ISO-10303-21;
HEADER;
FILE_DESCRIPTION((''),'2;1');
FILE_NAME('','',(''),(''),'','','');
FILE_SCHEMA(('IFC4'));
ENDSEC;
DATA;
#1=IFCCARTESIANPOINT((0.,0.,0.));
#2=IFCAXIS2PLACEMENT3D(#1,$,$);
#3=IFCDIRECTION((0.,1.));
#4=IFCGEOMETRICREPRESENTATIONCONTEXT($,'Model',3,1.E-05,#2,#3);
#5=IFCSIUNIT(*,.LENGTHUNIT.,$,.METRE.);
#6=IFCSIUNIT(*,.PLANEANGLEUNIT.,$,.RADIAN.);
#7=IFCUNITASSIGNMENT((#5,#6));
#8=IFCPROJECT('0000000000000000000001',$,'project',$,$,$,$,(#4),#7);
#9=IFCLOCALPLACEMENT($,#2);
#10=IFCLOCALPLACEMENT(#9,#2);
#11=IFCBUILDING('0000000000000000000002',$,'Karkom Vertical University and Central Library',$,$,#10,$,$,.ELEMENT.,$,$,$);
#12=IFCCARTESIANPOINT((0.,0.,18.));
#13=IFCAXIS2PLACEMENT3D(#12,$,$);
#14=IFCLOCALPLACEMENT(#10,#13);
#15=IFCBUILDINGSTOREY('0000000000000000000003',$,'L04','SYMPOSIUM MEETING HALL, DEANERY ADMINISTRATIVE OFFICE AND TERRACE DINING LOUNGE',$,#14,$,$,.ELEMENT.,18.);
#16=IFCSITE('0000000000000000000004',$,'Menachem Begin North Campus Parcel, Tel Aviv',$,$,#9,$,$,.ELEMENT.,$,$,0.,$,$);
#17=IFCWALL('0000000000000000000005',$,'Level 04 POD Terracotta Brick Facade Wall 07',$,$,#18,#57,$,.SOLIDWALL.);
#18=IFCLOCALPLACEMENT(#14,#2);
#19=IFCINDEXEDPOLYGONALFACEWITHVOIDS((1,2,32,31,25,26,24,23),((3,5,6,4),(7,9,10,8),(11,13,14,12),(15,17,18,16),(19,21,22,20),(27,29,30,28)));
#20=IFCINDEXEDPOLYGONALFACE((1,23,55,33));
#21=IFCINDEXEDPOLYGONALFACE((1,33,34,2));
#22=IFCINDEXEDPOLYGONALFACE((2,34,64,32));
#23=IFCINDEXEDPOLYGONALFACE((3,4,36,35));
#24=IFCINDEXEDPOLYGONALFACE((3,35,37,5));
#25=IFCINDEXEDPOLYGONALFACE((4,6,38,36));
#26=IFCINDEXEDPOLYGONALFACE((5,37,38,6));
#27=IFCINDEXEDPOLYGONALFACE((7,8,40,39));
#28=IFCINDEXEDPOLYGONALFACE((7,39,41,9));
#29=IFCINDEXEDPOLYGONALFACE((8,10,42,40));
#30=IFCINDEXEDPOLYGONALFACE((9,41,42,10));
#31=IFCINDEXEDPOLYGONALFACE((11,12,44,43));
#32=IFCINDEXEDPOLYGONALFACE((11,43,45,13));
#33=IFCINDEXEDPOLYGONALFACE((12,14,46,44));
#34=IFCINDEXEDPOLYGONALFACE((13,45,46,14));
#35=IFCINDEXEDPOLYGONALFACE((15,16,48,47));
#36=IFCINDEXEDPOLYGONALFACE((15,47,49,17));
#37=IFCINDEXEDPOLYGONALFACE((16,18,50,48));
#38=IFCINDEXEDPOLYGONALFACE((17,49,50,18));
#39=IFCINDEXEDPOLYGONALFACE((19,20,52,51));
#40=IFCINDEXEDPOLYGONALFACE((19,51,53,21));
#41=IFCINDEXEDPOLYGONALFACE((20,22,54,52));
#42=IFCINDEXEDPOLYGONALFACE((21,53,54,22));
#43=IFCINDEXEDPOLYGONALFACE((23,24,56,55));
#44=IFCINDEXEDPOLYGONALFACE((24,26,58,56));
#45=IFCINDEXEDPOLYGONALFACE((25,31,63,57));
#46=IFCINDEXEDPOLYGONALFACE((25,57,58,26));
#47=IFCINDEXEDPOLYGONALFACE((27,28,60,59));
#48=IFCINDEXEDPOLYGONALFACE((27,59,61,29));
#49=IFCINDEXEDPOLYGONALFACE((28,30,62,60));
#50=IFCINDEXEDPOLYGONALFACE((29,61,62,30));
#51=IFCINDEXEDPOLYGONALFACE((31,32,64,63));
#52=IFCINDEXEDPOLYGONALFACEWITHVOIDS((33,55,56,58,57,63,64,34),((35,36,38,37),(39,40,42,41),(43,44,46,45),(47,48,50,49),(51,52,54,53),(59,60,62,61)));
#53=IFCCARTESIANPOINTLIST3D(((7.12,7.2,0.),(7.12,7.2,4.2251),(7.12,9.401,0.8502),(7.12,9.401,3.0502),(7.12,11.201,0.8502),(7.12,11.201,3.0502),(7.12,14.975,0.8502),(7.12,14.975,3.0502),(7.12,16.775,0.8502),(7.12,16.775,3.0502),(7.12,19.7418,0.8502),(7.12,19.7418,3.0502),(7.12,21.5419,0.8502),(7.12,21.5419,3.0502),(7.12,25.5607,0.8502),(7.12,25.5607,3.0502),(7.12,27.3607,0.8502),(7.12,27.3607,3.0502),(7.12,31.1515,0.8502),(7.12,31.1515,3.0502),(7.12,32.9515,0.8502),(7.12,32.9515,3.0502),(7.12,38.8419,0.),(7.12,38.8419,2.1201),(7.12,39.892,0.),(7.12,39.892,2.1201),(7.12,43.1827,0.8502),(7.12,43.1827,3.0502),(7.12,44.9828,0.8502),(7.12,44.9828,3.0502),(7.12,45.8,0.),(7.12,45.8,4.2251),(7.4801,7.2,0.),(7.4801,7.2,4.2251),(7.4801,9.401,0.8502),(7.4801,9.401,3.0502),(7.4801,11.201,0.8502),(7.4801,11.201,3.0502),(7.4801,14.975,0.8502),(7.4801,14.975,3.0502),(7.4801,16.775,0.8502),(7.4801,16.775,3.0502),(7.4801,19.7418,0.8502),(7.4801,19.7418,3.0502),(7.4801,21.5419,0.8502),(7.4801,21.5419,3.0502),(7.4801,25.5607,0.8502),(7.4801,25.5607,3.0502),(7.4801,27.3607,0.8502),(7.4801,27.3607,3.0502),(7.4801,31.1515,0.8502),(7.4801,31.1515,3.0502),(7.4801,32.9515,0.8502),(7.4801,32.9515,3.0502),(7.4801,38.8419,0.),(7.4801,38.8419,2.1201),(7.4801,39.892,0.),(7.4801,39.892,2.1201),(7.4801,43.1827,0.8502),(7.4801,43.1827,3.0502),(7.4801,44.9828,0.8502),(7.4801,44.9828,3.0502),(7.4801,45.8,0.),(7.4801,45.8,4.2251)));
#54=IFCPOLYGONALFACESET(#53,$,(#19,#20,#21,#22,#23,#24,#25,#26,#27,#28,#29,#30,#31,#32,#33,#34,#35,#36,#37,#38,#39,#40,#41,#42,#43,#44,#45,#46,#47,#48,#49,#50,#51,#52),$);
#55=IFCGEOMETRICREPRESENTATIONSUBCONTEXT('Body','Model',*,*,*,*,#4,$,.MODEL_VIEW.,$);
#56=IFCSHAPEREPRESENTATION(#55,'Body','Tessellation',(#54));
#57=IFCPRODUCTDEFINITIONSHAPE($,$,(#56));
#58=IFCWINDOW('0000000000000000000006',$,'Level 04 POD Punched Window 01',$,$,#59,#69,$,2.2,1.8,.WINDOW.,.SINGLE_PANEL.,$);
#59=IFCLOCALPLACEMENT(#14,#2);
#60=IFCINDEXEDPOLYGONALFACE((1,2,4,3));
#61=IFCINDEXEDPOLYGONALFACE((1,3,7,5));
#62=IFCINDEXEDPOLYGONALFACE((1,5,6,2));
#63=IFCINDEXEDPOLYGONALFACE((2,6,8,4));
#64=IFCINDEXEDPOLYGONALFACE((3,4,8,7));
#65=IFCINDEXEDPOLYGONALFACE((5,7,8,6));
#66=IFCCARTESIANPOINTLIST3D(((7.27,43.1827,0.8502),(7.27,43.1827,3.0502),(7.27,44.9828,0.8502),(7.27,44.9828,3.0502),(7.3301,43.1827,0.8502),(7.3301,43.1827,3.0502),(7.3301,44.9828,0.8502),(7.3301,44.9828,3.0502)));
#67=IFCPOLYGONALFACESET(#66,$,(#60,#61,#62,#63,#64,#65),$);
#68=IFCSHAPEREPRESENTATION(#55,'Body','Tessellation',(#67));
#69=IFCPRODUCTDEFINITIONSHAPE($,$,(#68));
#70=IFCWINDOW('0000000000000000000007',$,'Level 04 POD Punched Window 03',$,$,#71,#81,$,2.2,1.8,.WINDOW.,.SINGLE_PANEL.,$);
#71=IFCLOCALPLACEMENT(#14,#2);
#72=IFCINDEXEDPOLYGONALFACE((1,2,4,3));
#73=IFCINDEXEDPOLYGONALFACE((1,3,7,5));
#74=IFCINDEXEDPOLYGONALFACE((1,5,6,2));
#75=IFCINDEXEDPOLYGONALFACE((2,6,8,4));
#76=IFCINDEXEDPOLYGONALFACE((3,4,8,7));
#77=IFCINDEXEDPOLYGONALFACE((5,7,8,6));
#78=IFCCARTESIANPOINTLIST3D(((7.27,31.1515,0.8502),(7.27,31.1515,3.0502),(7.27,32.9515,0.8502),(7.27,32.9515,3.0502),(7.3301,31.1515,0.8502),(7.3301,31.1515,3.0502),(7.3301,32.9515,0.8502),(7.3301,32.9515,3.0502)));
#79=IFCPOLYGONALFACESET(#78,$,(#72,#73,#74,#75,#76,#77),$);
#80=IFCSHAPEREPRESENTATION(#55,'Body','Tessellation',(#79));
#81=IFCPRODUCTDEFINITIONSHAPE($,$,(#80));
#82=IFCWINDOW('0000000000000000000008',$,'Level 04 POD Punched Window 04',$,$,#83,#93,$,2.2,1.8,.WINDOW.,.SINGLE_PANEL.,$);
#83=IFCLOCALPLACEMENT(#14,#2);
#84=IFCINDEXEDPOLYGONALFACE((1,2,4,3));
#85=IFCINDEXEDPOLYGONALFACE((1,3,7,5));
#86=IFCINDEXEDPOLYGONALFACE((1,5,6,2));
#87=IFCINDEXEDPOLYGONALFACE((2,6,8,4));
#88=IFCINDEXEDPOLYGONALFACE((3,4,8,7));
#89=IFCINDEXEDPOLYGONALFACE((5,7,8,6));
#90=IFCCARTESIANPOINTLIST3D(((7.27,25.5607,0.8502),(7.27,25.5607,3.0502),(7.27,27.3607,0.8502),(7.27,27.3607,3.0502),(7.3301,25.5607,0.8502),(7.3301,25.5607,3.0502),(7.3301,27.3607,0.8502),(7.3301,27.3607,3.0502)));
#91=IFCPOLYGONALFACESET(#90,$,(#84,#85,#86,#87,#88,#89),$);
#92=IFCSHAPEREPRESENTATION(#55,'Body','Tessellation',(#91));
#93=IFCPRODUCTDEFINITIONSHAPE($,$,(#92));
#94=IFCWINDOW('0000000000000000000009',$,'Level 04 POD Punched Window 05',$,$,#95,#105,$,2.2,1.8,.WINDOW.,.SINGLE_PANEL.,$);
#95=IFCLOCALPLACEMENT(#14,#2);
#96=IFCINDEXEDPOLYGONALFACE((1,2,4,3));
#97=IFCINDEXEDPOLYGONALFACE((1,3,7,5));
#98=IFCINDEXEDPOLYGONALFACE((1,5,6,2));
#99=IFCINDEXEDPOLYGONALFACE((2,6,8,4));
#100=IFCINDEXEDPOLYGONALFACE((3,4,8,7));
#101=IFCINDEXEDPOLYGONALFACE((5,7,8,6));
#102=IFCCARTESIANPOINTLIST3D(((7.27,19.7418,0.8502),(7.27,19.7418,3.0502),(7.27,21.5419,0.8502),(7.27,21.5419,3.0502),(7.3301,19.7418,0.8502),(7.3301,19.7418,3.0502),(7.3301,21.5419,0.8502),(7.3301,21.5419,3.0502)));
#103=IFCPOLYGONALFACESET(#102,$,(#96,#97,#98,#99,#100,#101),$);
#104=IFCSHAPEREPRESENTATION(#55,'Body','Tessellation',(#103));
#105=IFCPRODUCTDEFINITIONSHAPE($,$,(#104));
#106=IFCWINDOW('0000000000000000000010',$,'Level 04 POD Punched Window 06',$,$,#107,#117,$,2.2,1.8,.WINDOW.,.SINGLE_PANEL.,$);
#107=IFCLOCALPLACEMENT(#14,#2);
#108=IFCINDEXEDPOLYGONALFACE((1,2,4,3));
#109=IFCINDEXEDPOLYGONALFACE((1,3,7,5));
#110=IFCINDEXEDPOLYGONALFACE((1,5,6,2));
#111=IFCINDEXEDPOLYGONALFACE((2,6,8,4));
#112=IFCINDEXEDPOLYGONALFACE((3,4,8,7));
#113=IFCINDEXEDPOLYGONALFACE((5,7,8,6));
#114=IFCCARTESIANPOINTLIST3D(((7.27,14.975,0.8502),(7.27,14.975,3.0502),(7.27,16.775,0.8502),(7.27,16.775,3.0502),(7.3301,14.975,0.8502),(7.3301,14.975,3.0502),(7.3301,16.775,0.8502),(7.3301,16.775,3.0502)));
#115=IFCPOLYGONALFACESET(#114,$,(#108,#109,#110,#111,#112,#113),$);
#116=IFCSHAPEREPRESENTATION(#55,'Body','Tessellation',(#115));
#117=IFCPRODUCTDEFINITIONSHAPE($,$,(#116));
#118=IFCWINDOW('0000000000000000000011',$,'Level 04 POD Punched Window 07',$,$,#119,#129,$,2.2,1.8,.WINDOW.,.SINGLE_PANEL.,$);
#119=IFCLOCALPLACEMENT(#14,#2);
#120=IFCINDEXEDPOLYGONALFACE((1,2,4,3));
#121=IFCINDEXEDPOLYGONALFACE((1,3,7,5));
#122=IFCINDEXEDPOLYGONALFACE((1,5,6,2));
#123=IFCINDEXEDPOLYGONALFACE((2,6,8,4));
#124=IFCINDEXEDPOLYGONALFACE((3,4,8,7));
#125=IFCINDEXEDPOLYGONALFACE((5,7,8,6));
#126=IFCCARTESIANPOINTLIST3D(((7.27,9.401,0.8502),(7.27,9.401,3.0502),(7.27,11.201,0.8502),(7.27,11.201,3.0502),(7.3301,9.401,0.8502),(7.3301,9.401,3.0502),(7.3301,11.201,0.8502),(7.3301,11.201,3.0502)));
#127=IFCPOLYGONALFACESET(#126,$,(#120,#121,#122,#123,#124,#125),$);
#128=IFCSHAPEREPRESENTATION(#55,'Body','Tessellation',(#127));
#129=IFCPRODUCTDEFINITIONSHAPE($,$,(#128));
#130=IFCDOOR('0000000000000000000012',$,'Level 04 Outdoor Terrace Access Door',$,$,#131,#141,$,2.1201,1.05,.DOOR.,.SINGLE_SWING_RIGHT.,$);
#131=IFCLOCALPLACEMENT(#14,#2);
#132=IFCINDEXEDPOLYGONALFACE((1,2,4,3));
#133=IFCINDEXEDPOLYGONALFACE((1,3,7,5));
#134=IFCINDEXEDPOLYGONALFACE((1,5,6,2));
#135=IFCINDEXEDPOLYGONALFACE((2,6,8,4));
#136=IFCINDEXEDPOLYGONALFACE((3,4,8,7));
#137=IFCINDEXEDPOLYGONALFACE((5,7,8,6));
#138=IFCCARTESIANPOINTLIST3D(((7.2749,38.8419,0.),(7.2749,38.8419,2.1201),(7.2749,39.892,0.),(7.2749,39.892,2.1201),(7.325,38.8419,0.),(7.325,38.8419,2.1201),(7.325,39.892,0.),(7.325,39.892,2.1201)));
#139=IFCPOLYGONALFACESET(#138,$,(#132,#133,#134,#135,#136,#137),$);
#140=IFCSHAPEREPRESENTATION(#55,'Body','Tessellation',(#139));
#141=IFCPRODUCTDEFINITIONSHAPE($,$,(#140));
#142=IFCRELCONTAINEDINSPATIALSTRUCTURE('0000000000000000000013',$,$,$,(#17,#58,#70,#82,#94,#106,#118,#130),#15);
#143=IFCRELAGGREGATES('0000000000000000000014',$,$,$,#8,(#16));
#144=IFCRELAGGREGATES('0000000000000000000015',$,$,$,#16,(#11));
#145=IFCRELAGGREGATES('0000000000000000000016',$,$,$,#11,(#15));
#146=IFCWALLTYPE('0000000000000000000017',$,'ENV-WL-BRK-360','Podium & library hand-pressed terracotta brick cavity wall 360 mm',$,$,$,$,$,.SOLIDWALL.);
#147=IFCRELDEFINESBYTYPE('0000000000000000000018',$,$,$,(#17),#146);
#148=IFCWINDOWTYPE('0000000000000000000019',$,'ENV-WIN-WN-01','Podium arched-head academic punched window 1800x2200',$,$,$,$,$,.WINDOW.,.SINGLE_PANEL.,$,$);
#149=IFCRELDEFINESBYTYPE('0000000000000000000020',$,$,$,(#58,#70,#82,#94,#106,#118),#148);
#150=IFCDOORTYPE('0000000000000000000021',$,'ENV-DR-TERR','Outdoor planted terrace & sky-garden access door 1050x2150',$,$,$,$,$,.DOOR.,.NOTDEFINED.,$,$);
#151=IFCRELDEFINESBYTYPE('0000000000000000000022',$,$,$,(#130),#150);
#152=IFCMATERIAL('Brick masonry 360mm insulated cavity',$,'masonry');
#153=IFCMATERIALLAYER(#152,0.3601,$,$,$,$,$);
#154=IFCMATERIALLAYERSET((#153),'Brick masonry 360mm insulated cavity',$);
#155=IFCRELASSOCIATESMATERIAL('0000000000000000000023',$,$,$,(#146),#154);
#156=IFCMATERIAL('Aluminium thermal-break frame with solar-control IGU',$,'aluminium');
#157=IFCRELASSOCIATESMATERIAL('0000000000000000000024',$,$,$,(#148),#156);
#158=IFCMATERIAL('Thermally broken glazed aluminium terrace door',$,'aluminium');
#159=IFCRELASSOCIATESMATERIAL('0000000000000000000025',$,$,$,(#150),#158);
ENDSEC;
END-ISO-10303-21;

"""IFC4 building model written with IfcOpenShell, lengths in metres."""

from ifc_helpers import new_model, si_unit, direction, frame, frame_2d, origin, origin_with_axes, place, context, subcontext, project, spatial, rectangle, extrude, source, transform, mapped, material, layer, layer_set, type_object, element, fill, save


model = new_model("IFC4")

# Units and contexts
model_context = context("Model", 3, precision=1e-05, world=origin(), true_north=direction((0.0, 1.0)))
body_context = subcontext(model_context, "Body", "Model", "MODEL_VIEW")
ifc_project = project(units=[si_unit("LENGTHUNIT", "METRE"), si_unit("PLANEANGLEUNIT", "RADIAN")], contexts=[model_context])

# Site, building, storey
site_placement = place(None, origin())
site = spatial("IfcSite", under=ifc_project, at=site_placement, Name="Menachem Begin North Campus Parcel, Tel Aviv", CompositionType="ELEMENT", RefElevation=0.0)
building_placement = place(site_placement, origin())
building = spatial("IfcBuilding", under=site, at=building_placement, Name="Karkom Vertical University and Central Library", CompositionType="ELEMENT")
storey_placement = place(building_placement, frame((0.0, 0.0, 18.0)))
storey = spatial("IfcBuildingStorey", under=building, at=storey_placement, Name="L04", Description="SYMPOSIUM MEETING HALL, DEANERY ADMINISTRATIVE OFFICE AND TERRACE DINING LOUNGE", CompositionType="ELEMENT", Elevation=18.0)

# Shared definitions
ifc_material_1 = material(Name="Brick masonry 360mm insulated cavity", Category="masonry")
ifc_layer_1 = layer(ifc_material_1, 0.3601)
ifc_layer_set_1 = layer_set([ifc_layer_1], Name="Brick masonry 360mm insulated cavity")
wall_type_1 = type_object("IfcWallType", Name="ENV-WL-BRK-360", Description="Podium & library hand-pressed terracotta brick cavity wall 360 mm", PredefinedType="SOLIDWALL", material=ifc_layer_set_1)

# Wall, openings, windows, door
wall_1_placement = place(storey_placement, frame((7.3, 45.8, 0.0), z_axis=(0.0, 0.0, 1.0), x_axis=(0.0, -1.0, 0.0)))
wall_1 = element("IfcWall", 1, at=wall_1_placement, inside=storey, type_object=wall_type_1, Name="Level 04 POD Terracotta Brick Facade Wall 07", PredefinedType="SOLIDWALL", context=body_context, shape_type="SweptSolid", body=[
    extrude(rectangle(XDim=38.6001, YDim=0.3601, at=frame_2d((19.3, 0.0))), origin(), (0.0, 0.0, 1.0), 4.2251),
])
opening_1_placement = place(wall_1_placement, frame((0.8174, 0.0, 0.8501)))
opening_1 = element("IfcOpeningElement", 2, at=opening_1_placement, cuts=wall_1, PredefinedType="OPENING", context=body_context, shape_type="SweptSolid", body=[
    extrude(rectangle(XDim=1.8, YDim=2.2, at=frame_2d((0.8999, 1.1001))), frame((0.0, 0.1899, 0.0), z_axis=(0.0, -1.0, 0.0), x_axis=(1.0, 0.0, 0.0)), (0.0, 0.0, 1.0), 0.3801),
])
opening_2_placement = place(wall_1_placement, frame((12.8486, 0.0, 0.8501)))
opening_2 = element("IfcOpeningElement", 3, at=opening_2_placement, cuts=wall_1, PredefinedType="OPENING", context=body_context, shape_type="SweptSolid", body=[
    extrude(rectangle(XDim=1.8, YDim=2.2, at=frame_2d((0.8999, 1.1001))), frame((0.0, 0.1899, 0.0), z_axis=(0.0, -1.0, 0.0), x_axis=(1.0, 0.0, 0.0)), (0.0, 0.0, 1.0), 0.3801),
])
opening_3_placement = place(wall_1_placement, frame((18.4395, 0.0, 0.8501)))
opening_3 = element("IfcOpeningElement", 4, at=opening_3_placement, cuts=wall_1, PredefinedType="OPENING", context=body_context, shape_type="SweptSolid", body=[
    extrude(rectangle(XDim=1.8, YDim=2.2, at=frame_2d((0.8999, 1.1001))), frame((0.0, 0.1899, 0.0), z_axis=(0.0, -1.0, 0.0), x_axis=(1.0, 0.0, 0.0)), (0.0, 0.0, 1.0), 0.3801),
])
opening_4_placement = place(wall_1_placement, frame((24.2583, 0.0, 0.8501)))
opening_4 = element("IfcOpeningElement", 5, at=opening_4_placement, cuts=wall_1, PredefinedType="OPENING", context=body_context, shape_type="SweptSolid", body=[
    extrude(rectangle(XDim=1.8, YDim=2.2, at=frame_2d((0.8999, 1.1001))), frame((0.0, 0.1899, 0.0), z_axis=(0.0, -1.0, 0.0), x_axis=(1.0, 0.0, 0.0)), (0.0, 0.0, 1.0), 0.3801),
])
opening_5_placement = place(wall_1_placement, frame((29.0251, 0.0, 0.8501)))
opening_5 = element("IfcOpeningElement", 6, at=opening_5_placement, cuts=wall_1, PredefinedType="OPENING", context=body_context, shape_type="SweptSolid", body=[
    extrude(rectangle(XDim=1.8, YDim=2.2, at=frame_2d((0.8999, 1.1001))), frame((0.0, 0.1899, 0.0), z_axis=(0.0, -1.0, 0.0), x_axis=(1.0, 0.0, 0.0)), (0.0, 0.0, 1.0), 0.3801),
])
opening_6_placement = place(wall_1_placement, frame((34.5991, 0.0, 0.8501)))
opening_6 = element("IfcOpeningElement", 7, at=opening_6_placement, cuts=wall_1, PredefinedType="OPENING", context=body_context, shape_type="SweptSolid", body=[
    extrude(rectangle(XDim=1.8, YDim=2.2, at=frame_2d((0.8999, 1.1001))), frame((0.0, 0.1899, 0.0), z_axis=(0.0, -1.0, 0.0), x_axis=(1.0, 0.0, 0.0)), (0.0, 0.0, 1.0), 0.3801),
])
opening_7_placement = place(wall_1_placement, frame((5.9082, 0.0, 0.0)))
opening_7 = element("IfcOpeningElement", 8, at=opening_7_placement, cuts=wall_1, PredefinedType="OPENING", context=body_context, shape_type="SweptSolid", body=[
    extrude(rectangle(XDim=1.05, YDim=2.1201, at=frame_2d((0.5249, 1.0601))), frame((0.0, 0.1899, 0.0), z_axis=(0.0, -1.0, 0.0), x_axis=(1.0, 0.0, 0.0)), (0.0, 0.0, 1.0), 0.3801),
])
ifc_material_2 = material(Name="Aluminium thermal-break frame with solar-control IGU", Category="aluminium")
window_type = type_object("IfcWindowType", Name="ENV-WIN-WN-01", Description="Podium arched-head academic punched window 1800x2200", PartitioningType="SINGLE_PANEL", PredefinedType="WINDOW", material=ifc_material_2)
shared_shape_1 = source(origin_with_axes(), body_context, "Body", "SweptSolid", [
    extrude(rectangle(XDim=1.8, YDim=2.2, at=frame_2d((0.8999, 1.1001))), frame((0.0, 0.03, 0.0), z_axis=(0.0, -1.0, 0.0), x_axis=(1.0, 0.0, 0.0)), (0.0, 0.0, 1.0), 0.0601),
])
window_1_placement = place(opening_1_placement, origin())
window_1 = element("IfcWindow", 9, at=window_1_placement, inside=storey, type_object=window_type, Name="Level 04 POD Punched Window 01", OverallHeight=2.2, OverallWidth=1.8, PartitioningType="SINGLE_PANEL", PredefinedType="WINDOW", context=body_context, shape_type="MappedRepresentation", body=[
    mapped(shared_shape_1, transform((0.0, 0.0, 0.0), scale=1.0)),
])
fill(opening_1, window_1)
window_2_placement = place(opening_2_placement, origin())
window_2 = element("IfcWindow", 10, at=window_2_placement, inside=storey, type_object=window_type, Name="Level 04 POD Punched Window 03", OverallHeight=2.2, OverallWidth=1.8, PartitioningType="SINGLE_PANEL", PredefinedType="WINDOW", context=body_context, shape_type="MappedRepresentation", body=[
    mapped(shared_shape_1, transform((0.0, 0.0, 0.0), scale=1.0)),
])
fill(opening_2, window_2)
window_3_placement = place(opening_3_placement, origin())
window_3 = element("IfcWindow", 11, at=window_3_placement, inside=storey, type_object=window_type, Name="Level 04 POD Punched Window 04", OverallHeight=2.2, OverallWidth=1.8, PartitioningType="SINGLE_PANEL", PredefinedType="WINDOW", context=body_context, shape_type="MappedRepresentation", body=[
    mapped(shared_shape_1, transform((0.0, 0.0, 0.0), scale=1.0)),
])
fill(opening_3, window_3)
window_4_placement = place(opening_4_placement, origin())
window_4 = element("IfcWindow", 12, at=window_4_placement, inside=storey, type_object=window_type, Name="Level 04 POD Punched Window 05", OverallHeight=2.2, OverallWidth=1.8, PartitioningType="SINGLE_PANEL", PredefinedType="WINDOW", context=body_context, shape_type="MappedRepresentation", body=[
    mapped(shared_shape_1, transform((0.0, 0.0, 0.0), scale=1.0)),
])
fill(opening_4, window_4)
window_5_placement = place(opening_5_placement, origin())
window_5 = element("IfcWindow", 13, at=window_5_placement, inside=storey, type_object=window_type, Name="Level 04 POD Punched Window 06", OverallHeight=2.2, OverallWidth=1.8, PartitioningType="SINGLE_PANEL", PredefinedType="WINDOW", context=body_context, shape_type="MappedRepresentation", body=[
    mapped(shared_shape_1, transform((0.0, 0.0, 0.0), scale=1.0)),
])
fill(opening_5, window_5)
window_6_placement = place(opening_6_placement, origin())
window_6 = element("IfcWindow", 14, at=window_6_placement, inside=storey, type_object=window_type, Name="Level 04 POD Punched Window 07", OverallHeight=2.2, OverallWidth=1.8, PartitioningType="SINGLE_PANEL", PredefinedType="WINDOW", context=body_context, shape_type="MappedRepresentation", body=[
    mapped(shared_shape_1, transform((0.0, 0.0, 0.0), scale=1.0)),
])
fill(opening_6, window_6)
ifc_material_3 = material(Name="Thermally broken glazed aluminium terrace door", Category="aluminium")
door_type_1 = type_object("IfcDoorType", Name="ENV-DR-TERR", Description="Outdoor planted terrace & sky-garden access door 1050x2150", OperationType="NOTDEFINED", PredefinedType="DOOR", material=ifc_material_3)
shared_shape_2 = source(origin_with_axes(), body_context, "Body", "SweptSolid", [
    extrude(rectangle(XDim=1.05, YDim=2.1201, at=frame_2d((0.5249, 1.0601))), frame((0.0, 0.0249, 0.0), z_axis=(0.0, -1.0, 0.0), x_axis=(1.0, 0.0, 0.0)), (0.0, 0.0, 1.0), 0.05),
])
door_1_placement = place(opening_7_placement, origin())
door_1 = element("IfcDoor", 15, at=door_1_placement, inside=storey, type_object=door_type_1, Name="Level 04 Outdoor Terrace Access Door", OperationType="SINGLE_SWING_RIGHT", OverallHeight=2.1201, OverallWidth=1.05, PredefinedType="DOOR", context=body_context, shape_type="MappedRepresentation", body=[
    mapped(shared_shape_2, transform((0.0, 0.0, 0.0), scale=1.0)),
])
fill(opening_7, door_1)

save(model, "model.ifc")
